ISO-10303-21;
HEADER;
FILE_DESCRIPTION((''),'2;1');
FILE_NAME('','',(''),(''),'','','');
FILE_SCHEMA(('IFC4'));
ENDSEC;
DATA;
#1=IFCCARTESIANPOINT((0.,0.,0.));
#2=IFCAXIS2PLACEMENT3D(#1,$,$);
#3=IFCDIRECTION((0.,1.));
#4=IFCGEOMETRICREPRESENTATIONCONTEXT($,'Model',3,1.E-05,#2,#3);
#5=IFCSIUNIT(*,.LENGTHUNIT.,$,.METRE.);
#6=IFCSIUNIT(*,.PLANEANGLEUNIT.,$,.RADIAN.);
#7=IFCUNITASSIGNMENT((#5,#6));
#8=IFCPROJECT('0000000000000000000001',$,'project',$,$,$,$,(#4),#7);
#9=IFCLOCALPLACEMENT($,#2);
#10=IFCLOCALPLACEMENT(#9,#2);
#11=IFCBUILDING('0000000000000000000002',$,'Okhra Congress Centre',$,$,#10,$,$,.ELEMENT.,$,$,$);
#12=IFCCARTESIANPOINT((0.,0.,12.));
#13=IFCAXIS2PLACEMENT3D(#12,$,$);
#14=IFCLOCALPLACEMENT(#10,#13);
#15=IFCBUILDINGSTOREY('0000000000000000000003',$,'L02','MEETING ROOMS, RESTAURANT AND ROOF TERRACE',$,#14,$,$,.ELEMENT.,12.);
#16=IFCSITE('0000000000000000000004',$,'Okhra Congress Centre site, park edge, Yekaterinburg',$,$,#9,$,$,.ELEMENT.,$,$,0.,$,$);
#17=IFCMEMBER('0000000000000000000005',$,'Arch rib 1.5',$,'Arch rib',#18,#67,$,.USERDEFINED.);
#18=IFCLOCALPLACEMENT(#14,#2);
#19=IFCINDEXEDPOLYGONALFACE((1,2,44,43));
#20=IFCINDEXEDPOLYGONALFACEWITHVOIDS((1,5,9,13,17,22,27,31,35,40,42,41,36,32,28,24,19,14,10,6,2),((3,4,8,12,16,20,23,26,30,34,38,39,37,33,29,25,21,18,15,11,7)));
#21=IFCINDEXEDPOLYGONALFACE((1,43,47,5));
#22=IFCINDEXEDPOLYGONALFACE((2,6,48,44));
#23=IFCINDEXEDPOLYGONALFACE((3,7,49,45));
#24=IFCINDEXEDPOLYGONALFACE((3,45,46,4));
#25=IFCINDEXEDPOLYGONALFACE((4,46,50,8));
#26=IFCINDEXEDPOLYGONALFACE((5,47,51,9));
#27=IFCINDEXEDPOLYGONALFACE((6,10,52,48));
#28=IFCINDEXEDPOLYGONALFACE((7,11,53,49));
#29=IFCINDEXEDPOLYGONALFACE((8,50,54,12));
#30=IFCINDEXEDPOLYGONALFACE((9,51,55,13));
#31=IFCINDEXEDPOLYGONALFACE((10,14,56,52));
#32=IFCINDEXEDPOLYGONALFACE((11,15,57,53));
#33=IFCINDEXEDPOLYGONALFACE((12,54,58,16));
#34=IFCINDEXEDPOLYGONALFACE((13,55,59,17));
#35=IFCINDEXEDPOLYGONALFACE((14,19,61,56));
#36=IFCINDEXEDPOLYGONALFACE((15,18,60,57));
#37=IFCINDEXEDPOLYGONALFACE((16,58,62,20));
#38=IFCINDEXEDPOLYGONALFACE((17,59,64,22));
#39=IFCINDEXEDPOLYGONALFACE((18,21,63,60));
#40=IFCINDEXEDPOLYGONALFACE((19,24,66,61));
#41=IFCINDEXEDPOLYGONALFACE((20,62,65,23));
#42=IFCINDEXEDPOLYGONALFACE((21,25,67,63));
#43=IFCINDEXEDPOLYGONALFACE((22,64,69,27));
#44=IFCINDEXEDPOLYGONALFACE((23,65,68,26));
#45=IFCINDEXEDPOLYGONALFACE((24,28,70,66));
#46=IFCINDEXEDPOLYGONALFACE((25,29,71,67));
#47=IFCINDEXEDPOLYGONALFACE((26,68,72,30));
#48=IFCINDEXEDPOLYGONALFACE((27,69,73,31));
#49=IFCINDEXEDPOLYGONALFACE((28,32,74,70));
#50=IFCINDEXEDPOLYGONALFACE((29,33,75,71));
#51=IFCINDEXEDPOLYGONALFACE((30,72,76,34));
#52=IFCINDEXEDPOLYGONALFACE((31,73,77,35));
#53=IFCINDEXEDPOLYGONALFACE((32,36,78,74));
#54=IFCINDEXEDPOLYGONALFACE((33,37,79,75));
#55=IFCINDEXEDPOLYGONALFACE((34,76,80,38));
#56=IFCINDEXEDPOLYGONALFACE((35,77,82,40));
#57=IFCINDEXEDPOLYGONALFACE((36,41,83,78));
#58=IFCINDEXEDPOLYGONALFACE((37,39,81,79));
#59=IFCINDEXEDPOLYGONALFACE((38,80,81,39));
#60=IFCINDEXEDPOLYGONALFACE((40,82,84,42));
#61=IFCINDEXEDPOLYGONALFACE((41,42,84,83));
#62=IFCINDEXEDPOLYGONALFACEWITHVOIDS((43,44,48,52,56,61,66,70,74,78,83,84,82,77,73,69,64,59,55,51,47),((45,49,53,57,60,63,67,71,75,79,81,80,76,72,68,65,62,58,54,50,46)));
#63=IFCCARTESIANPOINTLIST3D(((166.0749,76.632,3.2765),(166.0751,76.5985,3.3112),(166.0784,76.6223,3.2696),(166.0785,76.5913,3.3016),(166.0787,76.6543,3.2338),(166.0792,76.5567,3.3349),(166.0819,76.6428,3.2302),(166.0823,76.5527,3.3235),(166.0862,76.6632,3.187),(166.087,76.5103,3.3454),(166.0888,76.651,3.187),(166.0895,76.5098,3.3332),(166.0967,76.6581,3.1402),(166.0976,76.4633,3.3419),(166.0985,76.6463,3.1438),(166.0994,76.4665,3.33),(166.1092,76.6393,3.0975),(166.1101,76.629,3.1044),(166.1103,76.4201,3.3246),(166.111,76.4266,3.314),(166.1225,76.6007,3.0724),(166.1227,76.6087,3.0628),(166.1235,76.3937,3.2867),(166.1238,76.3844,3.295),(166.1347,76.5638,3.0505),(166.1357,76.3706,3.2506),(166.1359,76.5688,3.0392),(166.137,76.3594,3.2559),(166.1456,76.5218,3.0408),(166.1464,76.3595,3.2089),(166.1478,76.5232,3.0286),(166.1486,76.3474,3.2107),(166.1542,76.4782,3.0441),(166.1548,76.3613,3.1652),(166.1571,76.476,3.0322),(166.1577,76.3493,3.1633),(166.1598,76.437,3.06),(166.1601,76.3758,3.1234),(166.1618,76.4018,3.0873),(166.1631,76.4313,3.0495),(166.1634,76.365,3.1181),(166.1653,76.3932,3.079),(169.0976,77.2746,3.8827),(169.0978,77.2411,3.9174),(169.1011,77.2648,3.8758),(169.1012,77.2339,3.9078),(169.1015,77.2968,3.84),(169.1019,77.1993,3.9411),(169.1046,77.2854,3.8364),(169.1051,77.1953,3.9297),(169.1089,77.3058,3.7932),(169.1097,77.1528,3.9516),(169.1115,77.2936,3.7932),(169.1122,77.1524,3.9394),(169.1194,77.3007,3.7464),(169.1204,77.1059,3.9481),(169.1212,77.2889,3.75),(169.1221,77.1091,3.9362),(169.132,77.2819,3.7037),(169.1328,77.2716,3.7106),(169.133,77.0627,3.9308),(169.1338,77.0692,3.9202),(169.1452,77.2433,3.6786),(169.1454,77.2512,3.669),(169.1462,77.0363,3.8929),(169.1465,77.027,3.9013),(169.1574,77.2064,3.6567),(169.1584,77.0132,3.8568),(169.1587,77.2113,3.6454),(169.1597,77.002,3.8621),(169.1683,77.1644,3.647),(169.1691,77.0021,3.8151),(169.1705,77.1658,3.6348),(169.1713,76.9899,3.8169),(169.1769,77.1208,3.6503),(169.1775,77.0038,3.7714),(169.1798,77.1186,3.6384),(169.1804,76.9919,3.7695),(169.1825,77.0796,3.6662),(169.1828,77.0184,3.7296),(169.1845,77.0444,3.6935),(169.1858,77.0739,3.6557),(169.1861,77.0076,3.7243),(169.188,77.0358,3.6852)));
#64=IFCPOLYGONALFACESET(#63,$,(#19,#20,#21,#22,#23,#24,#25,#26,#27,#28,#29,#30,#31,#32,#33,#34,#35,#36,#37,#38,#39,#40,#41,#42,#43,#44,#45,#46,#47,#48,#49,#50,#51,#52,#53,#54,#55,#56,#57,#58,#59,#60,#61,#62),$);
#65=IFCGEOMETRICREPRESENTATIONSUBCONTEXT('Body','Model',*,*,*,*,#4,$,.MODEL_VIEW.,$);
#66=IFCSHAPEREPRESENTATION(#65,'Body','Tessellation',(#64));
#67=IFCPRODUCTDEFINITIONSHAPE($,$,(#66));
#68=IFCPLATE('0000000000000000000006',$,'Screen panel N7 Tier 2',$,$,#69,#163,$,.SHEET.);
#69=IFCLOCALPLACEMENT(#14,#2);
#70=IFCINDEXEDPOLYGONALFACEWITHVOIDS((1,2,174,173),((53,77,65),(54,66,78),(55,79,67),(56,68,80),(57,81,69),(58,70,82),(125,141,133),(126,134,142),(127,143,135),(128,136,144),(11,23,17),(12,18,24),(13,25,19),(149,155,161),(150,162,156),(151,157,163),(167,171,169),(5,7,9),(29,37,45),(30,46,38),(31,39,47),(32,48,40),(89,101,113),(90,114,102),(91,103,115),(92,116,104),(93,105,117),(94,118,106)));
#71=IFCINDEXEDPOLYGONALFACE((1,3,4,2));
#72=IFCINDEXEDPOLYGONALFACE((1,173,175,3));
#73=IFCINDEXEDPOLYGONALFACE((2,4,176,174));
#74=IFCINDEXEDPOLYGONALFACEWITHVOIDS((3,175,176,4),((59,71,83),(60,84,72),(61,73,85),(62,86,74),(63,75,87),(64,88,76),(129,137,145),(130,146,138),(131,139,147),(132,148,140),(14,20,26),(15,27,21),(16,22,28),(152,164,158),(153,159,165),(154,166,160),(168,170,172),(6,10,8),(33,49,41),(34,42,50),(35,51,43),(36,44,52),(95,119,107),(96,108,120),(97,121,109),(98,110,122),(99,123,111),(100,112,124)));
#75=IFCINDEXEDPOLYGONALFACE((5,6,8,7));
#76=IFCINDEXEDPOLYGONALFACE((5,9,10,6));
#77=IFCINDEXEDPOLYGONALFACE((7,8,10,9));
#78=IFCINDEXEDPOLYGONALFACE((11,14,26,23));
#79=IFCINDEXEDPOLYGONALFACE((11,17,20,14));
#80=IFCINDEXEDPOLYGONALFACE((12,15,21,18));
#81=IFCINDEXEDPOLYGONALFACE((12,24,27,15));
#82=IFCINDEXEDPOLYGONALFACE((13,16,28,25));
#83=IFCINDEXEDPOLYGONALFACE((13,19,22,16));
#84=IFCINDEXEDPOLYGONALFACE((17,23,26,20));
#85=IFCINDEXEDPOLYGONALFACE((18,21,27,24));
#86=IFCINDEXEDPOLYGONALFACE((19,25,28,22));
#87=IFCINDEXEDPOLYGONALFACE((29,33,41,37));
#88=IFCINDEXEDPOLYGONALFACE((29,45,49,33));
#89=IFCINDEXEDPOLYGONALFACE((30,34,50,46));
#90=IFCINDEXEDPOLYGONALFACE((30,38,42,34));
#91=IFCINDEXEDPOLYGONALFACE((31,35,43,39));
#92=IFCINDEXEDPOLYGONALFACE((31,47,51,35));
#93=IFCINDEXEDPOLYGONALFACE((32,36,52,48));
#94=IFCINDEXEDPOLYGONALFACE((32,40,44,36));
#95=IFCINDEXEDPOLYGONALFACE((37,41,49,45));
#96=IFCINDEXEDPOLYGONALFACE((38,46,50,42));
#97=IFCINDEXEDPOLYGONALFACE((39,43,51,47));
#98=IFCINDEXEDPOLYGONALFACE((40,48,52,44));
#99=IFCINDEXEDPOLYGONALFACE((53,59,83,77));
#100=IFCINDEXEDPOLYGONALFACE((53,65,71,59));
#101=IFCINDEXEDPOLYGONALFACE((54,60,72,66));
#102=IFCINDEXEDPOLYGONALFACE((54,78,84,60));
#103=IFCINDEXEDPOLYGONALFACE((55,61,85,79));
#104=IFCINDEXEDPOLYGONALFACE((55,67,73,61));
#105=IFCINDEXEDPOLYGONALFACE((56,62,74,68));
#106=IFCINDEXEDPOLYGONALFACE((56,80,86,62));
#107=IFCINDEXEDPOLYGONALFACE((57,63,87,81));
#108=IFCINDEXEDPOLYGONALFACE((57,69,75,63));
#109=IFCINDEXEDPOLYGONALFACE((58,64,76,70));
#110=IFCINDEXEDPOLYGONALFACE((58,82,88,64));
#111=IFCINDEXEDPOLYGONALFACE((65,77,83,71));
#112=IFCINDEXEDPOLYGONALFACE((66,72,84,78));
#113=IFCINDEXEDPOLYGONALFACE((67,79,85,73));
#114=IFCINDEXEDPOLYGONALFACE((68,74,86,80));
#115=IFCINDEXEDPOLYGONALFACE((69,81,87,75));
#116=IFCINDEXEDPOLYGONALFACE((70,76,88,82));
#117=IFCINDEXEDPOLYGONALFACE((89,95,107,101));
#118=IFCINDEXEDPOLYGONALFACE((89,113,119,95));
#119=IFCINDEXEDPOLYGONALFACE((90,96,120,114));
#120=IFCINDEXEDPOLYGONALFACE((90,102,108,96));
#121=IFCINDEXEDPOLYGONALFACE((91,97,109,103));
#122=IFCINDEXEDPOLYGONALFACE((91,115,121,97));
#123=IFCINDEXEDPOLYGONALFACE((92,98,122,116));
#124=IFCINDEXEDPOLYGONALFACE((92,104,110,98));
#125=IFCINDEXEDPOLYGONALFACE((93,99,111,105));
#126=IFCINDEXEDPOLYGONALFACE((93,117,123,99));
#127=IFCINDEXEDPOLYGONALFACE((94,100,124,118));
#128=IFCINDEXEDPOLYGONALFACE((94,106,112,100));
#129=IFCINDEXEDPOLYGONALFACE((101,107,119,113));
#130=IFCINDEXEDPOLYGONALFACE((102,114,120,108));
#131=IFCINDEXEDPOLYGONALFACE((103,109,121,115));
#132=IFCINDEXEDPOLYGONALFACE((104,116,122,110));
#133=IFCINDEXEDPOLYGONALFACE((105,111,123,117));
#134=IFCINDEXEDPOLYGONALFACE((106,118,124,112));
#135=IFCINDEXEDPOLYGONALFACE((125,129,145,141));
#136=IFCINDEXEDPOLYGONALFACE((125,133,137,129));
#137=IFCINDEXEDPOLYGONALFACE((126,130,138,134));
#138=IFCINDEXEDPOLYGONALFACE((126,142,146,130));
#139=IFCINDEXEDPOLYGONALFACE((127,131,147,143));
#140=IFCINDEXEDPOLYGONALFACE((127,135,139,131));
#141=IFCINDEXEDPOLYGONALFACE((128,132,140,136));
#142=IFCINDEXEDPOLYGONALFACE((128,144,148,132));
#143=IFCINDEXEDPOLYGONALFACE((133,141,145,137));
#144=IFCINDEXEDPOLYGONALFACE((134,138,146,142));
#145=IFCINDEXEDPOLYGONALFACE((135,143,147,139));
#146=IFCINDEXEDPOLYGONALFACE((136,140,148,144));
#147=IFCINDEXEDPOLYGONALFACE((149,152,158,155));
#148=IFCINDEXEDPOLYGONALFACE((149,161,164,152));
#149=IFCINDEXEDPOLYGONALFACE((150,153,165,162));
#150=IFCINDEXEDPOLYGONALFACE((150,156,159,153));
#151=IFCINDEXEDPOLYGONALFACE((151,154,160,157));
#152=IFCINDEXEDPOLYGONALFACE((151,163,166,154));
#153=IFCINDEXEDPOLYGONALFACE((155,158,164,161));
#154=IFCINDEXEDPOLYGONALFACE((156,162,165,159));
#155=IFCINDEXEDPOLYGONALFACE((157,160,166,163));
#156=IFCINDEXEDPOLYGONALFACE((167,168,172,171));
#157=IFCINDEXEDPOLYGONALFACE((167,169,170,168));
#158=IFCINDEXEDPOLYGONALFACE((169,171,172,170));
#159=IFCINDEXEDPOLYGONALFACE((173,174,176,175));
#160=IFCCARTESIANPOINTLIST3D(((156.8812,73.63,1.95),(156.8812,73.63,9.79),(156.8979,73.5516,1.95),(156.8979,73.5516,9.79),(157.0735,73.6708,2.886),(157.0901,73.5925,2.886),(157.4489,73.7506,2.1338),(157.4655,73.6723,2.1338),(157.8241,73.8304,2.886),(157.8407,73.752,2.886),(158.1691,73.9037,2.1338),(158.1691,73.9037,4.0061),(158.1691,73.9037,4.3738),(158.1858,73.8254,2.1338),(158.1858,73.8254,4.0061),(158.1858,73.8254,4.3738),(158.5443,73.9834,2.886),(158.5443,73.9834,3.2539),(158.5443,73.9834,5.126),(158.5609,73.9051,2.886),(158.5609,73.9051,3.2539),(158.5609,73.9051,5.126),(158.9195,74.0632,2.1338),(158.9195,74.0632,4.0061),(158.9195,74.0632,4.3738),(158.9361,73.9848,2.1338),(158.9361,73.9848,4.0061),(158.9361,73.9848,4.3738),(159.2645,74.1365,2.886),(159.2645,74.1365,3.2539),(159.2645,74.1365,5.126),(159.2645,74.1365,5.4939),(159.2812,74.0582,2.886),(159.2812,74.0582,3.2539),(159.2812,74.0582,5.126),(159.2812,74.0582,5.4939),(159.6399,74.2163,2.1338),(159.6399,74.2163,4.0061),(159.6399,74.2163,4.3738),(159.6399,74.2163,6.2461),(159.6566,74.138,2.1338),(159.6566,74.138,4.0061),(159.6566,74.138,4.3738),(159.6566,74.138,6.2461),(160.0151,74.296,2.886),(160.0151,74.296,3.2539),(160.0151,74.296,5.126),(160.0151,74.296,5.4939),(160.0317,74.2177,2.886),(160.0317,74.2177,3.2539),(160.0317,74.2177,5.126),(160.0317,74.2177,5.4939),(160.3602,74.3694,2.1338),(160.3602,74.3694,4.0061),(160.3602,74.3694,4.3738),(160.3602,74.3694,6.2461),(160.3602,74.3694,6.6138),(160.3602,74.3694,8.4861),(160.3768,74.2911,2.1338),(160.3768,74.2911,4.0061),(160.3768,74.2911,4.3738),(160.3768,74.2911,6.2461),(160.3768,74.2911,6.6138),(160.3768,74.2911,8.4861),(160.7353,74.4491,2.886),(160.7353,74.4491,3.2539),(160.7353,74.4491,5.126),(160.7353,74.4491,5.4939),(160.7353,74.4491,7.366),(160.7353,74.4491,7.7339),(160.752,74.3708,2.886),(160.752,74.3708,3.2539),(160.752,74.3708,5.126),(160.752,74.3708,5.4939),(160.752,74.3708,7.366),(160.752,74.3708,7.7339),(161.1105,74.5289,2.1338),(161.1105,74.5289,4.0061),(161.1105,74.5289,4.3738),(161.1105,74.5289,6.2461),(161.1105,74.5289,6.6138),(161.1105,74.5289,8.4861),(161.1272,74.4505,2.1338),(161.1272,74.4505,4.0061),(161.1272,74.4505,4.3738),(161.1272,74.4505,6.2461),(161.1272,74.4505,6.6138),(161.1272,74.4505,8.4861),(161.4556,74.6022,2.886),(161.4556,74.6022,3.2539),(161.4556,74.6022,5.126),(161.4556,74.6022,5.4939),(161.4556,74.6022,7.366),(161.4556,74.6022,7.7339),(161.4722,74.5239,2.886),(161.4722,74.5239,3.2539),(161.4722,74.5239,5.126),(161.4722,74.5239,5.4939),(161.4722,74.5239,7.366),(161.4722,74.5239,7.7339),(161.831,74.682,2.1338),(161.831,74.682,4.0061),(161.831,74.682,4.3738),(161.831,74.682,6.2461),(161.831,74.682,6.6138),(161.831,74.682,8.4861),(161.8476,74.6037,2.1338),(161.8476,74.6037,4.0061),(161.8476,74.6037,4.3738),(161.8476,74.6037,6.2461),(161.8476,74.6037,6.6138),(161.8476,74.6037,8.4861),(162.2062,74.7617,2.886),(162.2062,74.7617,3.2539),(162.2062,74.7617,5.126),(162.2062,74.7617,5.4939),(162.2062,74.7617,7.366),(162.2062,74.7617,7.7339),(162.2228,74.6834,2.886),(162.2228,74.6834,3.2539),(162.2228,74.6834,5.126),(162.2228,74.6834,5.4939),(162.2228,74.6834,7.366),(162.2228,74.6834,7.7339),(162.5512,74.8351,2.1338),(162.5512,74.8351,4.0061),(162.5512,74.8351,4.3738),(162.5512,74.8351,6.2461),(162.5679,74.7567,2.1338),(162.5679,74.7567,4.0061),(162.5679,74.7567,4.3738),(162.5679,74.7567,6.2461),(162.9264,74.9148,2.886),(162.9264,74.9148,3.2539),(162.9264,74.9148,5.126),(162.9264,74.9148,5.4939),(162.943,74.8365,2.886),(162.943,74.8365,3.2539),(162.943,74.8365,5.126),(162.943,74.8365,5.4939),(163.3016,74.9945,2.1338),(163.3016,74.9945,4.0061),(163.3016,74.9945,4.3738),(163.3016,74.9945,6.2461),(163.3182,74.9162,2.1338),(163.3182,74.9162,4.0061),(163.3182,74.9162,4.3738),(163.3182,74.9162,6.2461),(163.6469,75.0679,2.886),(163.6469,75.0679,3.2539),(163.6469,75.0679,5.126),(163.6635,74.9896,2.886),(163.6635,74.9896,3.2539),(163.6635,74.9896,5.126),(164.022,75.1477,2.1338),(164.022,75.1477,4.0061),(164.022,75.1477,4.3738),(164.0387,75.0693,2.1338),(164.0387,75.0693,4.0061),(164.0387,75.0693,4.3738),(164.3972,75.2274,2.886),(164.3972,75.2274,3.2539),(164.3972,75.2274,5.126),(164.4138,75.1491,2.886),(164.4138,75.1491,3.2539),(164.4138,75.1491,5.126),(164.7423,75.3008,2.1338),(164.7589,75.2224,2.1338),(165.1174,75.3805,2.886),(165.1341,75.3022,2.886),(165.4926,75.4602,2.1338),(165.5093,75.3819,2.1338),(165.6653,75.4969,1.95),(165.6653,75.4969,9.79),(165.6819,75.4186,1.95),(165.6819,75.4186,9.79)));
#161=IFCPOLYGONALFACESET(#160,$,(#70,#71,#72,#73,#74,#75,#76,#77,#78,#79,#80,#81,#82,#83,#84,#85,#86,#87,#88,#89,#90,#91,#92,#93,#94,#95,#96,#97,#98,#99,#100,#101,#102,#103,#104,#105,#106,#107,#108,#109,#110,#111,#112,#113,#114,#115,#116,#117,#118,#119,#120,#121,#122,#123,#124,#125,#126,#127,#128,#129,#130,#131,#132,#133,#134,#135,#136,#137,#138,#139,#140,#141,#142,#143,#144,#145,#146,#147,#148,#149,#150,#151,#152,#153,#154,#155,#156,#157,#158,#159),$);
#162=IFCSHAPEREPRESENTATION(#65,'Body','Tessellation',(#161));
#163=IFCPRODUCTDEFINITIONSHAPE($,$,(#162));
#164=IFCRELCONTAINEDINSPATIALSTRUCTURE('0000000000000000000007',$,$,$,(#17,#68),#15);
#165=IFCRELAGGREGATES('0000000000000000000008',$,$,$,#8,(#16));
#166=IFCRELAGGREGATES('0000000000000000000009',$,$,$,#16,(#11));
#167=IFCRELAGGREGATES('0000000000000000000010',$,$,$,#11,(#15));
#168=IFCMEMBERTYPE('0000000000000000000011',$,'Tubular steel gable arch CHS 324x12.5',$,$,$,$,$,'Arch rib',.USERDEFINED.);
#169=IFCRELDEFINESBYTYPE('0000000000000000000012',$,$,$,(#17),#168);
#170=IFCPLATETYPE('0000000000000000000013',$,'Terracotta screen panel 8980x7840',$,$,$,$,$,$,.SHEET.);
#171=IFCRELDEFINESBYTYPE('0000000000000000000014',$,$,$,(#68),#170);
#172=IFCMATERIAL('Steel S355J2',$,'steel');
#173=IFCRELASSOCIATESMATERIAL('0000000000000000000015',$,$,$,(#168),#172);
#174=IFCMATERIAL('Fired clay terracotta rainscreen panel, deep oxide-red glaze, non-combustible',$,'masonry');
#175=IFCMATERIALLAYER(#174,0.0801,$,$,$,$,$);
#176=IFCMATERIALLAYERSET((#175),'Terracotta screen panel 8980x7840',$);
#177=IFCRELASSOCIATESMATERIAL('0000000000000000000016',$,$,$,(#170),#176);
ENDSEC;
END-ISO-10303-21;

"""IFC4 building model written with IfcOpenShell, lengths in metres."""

from ifc_helpers import new_model, si_unit, direction, frame, origin, origin_2d, place, context, subcontext, project, spatial, polyline, hollow_circle, outline, extrude, material, layer, layer_set, material_profile, profile_set, type_object, element, save


model = new_model("IFC4")

# Units and contexts
model_context = context("Model", 3, precision=1e-05, world=origin(), true_north=direction((0.0, 1.0)))
body_context = subcontext(model_context, "Body", "Model", "MODEL_VIEW")
ifc_project = project(units=[si_unit("LENGTHUNIT", "METRE"), si_unit("PLANEANGLEUNIT", "RADIAN")], contexts=[model_context])

# Site, building, storey
site_placement = place(None, origin())
site = spatial("IfcSite", under=ifc_project, at=site_placement, Name="Okhra Congress Centre site, park edge, Yekaterinburg", CompositionType="ELEMENT", RefElevation=0.0)
building_placement = place(site_placement, origin())
building = spatial("IfcBuilding", under=site, at=building_placement, Name="Okhra Congress Centre", CompositionType="ELEMENT")
storey_placement = place(building_placement, frame((0.0, 0.0, 12.0)))
storey = spatial("IfcBuildingStorey", under=building, at=storey_placement, Name="L02", Description="MEETING ROOMS, RESTAURANT AND ROOF TERRACE", CompositionType="ELEMENT", Elevation=12.0)

# Shared definitions
ifc_material_1 = material(Name="Steel S355J2", Category="steel")

# Member
ifc_material_profile_1 = material_profile(ifc_material_1, hollow_circle(Radius=0.1619, WallThickness=0.0125, at=origin_2d()), Name="CHS 323.9x12.5")
ifc_profile_set_1 = profile_set([ifc_material_profile_1], Name="Steel S355J2")
member_type_1 = type_object("IfcMemberType", Name="Tubular steel gable arch CHS 324x12.5", ElementType="Arch rib", PredefinedType="USERDEFINED", material=ifc_profile_set_1)
member_1_placement = place(storey_placement, frame((166.1199, 76.5049, 3.187), z_axis=(0.959849, 0.204048, 0.192497), x_axis=(-0.207937, 0.978142, 0.0)))
element("IfcMember", 1, at=member_1_placement, inside=storey, type_object=member_type_1, Name="Arch rib 1.5", ObjectType="Arch rib", PredefinedType="USERDEFINED", context=body_context, shape_type="SweptSolid", body=[
    extrude(hollow_circle(Radius=0.1619, WallThickness=0.0125, at=origin_2d()), origin(), (0.0, 0.0, 1.0), 3.1492),
])

# Plate
ifc_material_2 = material(Name="Fired clay terracotta rainscreen panel, deep oxide-red glaze, non-combustible", Category="masonry")
ifc_layer_1 = layer(ifc_material_2, 0.0801)
ifc_layer_set_1 = layer_set([ifc_layer_1], Name="Terracotta screen panel 8980x7840")
plate_type = type_object("IfcPlateType", Name="Terracotta screen panel 8980x7840", PredefinedType="SHEET", material=ifc_layer_set_1)
plate_1_placement = place(storey_placement, frame((165.6736, 75.4578, 1.95), z_axis=(0.0, 0.0, 1.0), x_axis=(-0.978151, -0.207897, 0.0)))
element("IfcPlate", 2, at=plate_1_placement, inside=storey, type_object=plate_type, Name="Screen panel N7 Tier 2", PredefinedType="SHEET", context=body_context, shape_type="SweptSolid", body=[
    extrude(outline(polyline([(0.0, 0.0), (8.9802, 0.0), (8.9802, 7.8401), (0.0, 7.8401), (0.0, 0.0)]), holes=[polyline([(0.1765, 0.1838), (0.9436, 0.1838), (0.5601, 0.936), (0.1765, 0.1838)]), polyline([(1.2964, 0.936), (1.6799, 0.1838), (2.0635, 0.936), (1.2964, 0.936)]), polyline([(2.4165, 0.1838), (3.1836, 0.1838), (2.8, 0.936), (2.4165, 0.1838)]), polyline([(3.5364, 0.936), (3.9199, 0.1838), (4.3037, 0.936), (3.5364, 0.936)]), polyline([(4.6565, 0.1838), (5.4236, 0.1838), (5.04, 0.936), (4.6565, 0.1838)]), polyline([(5.7764, 0.936), (6.1599, 0.1838), (6.5437, 0.936), (5.7764, 0.936)]), polyline([(6.8965, 0.1838), (7.6636, 0.1838), (7.28, 0.936), (6.8965, 0.1838)]), polyline([(8.0164, 0.936), (8.3999, 0.1838), (8.7837, 0.936), (8.0164, 0.936)]), polyline([(1.2964, 1.304), (2.0635, 1.304), (1.6799, 2.0562), (1.2964, 1.304)]), polyline([(2.4165, 2.0562), (2.8, 1.304), (3.1836, 2.0562), (2.4165, 2.0562)]), polyline([(3.5364, 1.304), (4.3037, 1.304), (3.9199, 2.0562), (3.5364, 1.304)]), polyline([(4.6565, 2.0562), (5.04, 1.304), (5.4236, 2.0562), (4.6565, 2.0562)]), polyline([(5.7764, 1.304), (6.5437, 1.304), (6.1599, 2.0562), (5.7764, 1.304)]), polyline([(6.8965, 2.0562), (7.28, 1.304), (7.6636, 2.0562), (6.8965, 2.0562)]), polyline([(1.2964, 3.176), (1.6799, 2.4238), (2.0635, 3.176), (1.2964, 3.176)]), polyline([(2.4165, 2.4238), (3.1836, 2.4238), (2.8, 3.176), (2.4165, 2.4238)]), polyline([(3.5364, 3.176), (3.9199, 2.4238), (4.3037, 3.176), (3.5364, 3.176)]), polyline([(4.6565, 2.4238), (5.4236, 2.4238), (5.04, 3.176), (4.6565, 2.4238)]), polyline([(5.7764, 3.176), (6.1599, 2.4238), (6.5437, 3.176), (5.7764, 3.176)]), polyline([(6.8965, 2.4238), (7.6636, 2.4238), (7.28, 3.176), (6.8965, 2.4238)]), polyline([(2.4165, 4.2961), (2.8, 3.5439), (3.1836, 4.2961), (2.4165, 4.2961)]), polyline([(3.5364, 3.5439), (4.3037, 3.5439), (3.9199, 4.2961), (3.5364, 3.5439)]), polyline([(4.6565, 4.2961), (5.04, 3.5439), (5.4236, 4.2961), (4.6565, 4.2961)]), polyline([(5.7764, 3.5439), (6.5437, 3.5439), (6.1599, 4.2961), (5.7764, 3.5439)]), polyline([(3.5364, 5.416), (3.9199, 4.6638), (4.3037, 5.416), (3.5364, 5.416)]), polyline([(4.6565, 4.6638), (5.4236, 4.6638), (5.04, 5.416), (4.6565, 4.6638)]), polyline([(3.5364, 5.7839), (4.3037, 5.7839), (3.9199, 6.5361), (3.5364, 5.7839)]), polyline([(4.6565, 6.5361), (5.04, 5.7839), (5.4236, 6.5361), (4.6565, 6.5361)])]), frame((0.0, 0.04, 0.0), z_axis=(0.0, -1.0, 0.0), x_axis=(1.0, 0.0, 0.0)), (0.0, 0.0, 1.0), 0.0801),
])

save(model, "model.ifc")
